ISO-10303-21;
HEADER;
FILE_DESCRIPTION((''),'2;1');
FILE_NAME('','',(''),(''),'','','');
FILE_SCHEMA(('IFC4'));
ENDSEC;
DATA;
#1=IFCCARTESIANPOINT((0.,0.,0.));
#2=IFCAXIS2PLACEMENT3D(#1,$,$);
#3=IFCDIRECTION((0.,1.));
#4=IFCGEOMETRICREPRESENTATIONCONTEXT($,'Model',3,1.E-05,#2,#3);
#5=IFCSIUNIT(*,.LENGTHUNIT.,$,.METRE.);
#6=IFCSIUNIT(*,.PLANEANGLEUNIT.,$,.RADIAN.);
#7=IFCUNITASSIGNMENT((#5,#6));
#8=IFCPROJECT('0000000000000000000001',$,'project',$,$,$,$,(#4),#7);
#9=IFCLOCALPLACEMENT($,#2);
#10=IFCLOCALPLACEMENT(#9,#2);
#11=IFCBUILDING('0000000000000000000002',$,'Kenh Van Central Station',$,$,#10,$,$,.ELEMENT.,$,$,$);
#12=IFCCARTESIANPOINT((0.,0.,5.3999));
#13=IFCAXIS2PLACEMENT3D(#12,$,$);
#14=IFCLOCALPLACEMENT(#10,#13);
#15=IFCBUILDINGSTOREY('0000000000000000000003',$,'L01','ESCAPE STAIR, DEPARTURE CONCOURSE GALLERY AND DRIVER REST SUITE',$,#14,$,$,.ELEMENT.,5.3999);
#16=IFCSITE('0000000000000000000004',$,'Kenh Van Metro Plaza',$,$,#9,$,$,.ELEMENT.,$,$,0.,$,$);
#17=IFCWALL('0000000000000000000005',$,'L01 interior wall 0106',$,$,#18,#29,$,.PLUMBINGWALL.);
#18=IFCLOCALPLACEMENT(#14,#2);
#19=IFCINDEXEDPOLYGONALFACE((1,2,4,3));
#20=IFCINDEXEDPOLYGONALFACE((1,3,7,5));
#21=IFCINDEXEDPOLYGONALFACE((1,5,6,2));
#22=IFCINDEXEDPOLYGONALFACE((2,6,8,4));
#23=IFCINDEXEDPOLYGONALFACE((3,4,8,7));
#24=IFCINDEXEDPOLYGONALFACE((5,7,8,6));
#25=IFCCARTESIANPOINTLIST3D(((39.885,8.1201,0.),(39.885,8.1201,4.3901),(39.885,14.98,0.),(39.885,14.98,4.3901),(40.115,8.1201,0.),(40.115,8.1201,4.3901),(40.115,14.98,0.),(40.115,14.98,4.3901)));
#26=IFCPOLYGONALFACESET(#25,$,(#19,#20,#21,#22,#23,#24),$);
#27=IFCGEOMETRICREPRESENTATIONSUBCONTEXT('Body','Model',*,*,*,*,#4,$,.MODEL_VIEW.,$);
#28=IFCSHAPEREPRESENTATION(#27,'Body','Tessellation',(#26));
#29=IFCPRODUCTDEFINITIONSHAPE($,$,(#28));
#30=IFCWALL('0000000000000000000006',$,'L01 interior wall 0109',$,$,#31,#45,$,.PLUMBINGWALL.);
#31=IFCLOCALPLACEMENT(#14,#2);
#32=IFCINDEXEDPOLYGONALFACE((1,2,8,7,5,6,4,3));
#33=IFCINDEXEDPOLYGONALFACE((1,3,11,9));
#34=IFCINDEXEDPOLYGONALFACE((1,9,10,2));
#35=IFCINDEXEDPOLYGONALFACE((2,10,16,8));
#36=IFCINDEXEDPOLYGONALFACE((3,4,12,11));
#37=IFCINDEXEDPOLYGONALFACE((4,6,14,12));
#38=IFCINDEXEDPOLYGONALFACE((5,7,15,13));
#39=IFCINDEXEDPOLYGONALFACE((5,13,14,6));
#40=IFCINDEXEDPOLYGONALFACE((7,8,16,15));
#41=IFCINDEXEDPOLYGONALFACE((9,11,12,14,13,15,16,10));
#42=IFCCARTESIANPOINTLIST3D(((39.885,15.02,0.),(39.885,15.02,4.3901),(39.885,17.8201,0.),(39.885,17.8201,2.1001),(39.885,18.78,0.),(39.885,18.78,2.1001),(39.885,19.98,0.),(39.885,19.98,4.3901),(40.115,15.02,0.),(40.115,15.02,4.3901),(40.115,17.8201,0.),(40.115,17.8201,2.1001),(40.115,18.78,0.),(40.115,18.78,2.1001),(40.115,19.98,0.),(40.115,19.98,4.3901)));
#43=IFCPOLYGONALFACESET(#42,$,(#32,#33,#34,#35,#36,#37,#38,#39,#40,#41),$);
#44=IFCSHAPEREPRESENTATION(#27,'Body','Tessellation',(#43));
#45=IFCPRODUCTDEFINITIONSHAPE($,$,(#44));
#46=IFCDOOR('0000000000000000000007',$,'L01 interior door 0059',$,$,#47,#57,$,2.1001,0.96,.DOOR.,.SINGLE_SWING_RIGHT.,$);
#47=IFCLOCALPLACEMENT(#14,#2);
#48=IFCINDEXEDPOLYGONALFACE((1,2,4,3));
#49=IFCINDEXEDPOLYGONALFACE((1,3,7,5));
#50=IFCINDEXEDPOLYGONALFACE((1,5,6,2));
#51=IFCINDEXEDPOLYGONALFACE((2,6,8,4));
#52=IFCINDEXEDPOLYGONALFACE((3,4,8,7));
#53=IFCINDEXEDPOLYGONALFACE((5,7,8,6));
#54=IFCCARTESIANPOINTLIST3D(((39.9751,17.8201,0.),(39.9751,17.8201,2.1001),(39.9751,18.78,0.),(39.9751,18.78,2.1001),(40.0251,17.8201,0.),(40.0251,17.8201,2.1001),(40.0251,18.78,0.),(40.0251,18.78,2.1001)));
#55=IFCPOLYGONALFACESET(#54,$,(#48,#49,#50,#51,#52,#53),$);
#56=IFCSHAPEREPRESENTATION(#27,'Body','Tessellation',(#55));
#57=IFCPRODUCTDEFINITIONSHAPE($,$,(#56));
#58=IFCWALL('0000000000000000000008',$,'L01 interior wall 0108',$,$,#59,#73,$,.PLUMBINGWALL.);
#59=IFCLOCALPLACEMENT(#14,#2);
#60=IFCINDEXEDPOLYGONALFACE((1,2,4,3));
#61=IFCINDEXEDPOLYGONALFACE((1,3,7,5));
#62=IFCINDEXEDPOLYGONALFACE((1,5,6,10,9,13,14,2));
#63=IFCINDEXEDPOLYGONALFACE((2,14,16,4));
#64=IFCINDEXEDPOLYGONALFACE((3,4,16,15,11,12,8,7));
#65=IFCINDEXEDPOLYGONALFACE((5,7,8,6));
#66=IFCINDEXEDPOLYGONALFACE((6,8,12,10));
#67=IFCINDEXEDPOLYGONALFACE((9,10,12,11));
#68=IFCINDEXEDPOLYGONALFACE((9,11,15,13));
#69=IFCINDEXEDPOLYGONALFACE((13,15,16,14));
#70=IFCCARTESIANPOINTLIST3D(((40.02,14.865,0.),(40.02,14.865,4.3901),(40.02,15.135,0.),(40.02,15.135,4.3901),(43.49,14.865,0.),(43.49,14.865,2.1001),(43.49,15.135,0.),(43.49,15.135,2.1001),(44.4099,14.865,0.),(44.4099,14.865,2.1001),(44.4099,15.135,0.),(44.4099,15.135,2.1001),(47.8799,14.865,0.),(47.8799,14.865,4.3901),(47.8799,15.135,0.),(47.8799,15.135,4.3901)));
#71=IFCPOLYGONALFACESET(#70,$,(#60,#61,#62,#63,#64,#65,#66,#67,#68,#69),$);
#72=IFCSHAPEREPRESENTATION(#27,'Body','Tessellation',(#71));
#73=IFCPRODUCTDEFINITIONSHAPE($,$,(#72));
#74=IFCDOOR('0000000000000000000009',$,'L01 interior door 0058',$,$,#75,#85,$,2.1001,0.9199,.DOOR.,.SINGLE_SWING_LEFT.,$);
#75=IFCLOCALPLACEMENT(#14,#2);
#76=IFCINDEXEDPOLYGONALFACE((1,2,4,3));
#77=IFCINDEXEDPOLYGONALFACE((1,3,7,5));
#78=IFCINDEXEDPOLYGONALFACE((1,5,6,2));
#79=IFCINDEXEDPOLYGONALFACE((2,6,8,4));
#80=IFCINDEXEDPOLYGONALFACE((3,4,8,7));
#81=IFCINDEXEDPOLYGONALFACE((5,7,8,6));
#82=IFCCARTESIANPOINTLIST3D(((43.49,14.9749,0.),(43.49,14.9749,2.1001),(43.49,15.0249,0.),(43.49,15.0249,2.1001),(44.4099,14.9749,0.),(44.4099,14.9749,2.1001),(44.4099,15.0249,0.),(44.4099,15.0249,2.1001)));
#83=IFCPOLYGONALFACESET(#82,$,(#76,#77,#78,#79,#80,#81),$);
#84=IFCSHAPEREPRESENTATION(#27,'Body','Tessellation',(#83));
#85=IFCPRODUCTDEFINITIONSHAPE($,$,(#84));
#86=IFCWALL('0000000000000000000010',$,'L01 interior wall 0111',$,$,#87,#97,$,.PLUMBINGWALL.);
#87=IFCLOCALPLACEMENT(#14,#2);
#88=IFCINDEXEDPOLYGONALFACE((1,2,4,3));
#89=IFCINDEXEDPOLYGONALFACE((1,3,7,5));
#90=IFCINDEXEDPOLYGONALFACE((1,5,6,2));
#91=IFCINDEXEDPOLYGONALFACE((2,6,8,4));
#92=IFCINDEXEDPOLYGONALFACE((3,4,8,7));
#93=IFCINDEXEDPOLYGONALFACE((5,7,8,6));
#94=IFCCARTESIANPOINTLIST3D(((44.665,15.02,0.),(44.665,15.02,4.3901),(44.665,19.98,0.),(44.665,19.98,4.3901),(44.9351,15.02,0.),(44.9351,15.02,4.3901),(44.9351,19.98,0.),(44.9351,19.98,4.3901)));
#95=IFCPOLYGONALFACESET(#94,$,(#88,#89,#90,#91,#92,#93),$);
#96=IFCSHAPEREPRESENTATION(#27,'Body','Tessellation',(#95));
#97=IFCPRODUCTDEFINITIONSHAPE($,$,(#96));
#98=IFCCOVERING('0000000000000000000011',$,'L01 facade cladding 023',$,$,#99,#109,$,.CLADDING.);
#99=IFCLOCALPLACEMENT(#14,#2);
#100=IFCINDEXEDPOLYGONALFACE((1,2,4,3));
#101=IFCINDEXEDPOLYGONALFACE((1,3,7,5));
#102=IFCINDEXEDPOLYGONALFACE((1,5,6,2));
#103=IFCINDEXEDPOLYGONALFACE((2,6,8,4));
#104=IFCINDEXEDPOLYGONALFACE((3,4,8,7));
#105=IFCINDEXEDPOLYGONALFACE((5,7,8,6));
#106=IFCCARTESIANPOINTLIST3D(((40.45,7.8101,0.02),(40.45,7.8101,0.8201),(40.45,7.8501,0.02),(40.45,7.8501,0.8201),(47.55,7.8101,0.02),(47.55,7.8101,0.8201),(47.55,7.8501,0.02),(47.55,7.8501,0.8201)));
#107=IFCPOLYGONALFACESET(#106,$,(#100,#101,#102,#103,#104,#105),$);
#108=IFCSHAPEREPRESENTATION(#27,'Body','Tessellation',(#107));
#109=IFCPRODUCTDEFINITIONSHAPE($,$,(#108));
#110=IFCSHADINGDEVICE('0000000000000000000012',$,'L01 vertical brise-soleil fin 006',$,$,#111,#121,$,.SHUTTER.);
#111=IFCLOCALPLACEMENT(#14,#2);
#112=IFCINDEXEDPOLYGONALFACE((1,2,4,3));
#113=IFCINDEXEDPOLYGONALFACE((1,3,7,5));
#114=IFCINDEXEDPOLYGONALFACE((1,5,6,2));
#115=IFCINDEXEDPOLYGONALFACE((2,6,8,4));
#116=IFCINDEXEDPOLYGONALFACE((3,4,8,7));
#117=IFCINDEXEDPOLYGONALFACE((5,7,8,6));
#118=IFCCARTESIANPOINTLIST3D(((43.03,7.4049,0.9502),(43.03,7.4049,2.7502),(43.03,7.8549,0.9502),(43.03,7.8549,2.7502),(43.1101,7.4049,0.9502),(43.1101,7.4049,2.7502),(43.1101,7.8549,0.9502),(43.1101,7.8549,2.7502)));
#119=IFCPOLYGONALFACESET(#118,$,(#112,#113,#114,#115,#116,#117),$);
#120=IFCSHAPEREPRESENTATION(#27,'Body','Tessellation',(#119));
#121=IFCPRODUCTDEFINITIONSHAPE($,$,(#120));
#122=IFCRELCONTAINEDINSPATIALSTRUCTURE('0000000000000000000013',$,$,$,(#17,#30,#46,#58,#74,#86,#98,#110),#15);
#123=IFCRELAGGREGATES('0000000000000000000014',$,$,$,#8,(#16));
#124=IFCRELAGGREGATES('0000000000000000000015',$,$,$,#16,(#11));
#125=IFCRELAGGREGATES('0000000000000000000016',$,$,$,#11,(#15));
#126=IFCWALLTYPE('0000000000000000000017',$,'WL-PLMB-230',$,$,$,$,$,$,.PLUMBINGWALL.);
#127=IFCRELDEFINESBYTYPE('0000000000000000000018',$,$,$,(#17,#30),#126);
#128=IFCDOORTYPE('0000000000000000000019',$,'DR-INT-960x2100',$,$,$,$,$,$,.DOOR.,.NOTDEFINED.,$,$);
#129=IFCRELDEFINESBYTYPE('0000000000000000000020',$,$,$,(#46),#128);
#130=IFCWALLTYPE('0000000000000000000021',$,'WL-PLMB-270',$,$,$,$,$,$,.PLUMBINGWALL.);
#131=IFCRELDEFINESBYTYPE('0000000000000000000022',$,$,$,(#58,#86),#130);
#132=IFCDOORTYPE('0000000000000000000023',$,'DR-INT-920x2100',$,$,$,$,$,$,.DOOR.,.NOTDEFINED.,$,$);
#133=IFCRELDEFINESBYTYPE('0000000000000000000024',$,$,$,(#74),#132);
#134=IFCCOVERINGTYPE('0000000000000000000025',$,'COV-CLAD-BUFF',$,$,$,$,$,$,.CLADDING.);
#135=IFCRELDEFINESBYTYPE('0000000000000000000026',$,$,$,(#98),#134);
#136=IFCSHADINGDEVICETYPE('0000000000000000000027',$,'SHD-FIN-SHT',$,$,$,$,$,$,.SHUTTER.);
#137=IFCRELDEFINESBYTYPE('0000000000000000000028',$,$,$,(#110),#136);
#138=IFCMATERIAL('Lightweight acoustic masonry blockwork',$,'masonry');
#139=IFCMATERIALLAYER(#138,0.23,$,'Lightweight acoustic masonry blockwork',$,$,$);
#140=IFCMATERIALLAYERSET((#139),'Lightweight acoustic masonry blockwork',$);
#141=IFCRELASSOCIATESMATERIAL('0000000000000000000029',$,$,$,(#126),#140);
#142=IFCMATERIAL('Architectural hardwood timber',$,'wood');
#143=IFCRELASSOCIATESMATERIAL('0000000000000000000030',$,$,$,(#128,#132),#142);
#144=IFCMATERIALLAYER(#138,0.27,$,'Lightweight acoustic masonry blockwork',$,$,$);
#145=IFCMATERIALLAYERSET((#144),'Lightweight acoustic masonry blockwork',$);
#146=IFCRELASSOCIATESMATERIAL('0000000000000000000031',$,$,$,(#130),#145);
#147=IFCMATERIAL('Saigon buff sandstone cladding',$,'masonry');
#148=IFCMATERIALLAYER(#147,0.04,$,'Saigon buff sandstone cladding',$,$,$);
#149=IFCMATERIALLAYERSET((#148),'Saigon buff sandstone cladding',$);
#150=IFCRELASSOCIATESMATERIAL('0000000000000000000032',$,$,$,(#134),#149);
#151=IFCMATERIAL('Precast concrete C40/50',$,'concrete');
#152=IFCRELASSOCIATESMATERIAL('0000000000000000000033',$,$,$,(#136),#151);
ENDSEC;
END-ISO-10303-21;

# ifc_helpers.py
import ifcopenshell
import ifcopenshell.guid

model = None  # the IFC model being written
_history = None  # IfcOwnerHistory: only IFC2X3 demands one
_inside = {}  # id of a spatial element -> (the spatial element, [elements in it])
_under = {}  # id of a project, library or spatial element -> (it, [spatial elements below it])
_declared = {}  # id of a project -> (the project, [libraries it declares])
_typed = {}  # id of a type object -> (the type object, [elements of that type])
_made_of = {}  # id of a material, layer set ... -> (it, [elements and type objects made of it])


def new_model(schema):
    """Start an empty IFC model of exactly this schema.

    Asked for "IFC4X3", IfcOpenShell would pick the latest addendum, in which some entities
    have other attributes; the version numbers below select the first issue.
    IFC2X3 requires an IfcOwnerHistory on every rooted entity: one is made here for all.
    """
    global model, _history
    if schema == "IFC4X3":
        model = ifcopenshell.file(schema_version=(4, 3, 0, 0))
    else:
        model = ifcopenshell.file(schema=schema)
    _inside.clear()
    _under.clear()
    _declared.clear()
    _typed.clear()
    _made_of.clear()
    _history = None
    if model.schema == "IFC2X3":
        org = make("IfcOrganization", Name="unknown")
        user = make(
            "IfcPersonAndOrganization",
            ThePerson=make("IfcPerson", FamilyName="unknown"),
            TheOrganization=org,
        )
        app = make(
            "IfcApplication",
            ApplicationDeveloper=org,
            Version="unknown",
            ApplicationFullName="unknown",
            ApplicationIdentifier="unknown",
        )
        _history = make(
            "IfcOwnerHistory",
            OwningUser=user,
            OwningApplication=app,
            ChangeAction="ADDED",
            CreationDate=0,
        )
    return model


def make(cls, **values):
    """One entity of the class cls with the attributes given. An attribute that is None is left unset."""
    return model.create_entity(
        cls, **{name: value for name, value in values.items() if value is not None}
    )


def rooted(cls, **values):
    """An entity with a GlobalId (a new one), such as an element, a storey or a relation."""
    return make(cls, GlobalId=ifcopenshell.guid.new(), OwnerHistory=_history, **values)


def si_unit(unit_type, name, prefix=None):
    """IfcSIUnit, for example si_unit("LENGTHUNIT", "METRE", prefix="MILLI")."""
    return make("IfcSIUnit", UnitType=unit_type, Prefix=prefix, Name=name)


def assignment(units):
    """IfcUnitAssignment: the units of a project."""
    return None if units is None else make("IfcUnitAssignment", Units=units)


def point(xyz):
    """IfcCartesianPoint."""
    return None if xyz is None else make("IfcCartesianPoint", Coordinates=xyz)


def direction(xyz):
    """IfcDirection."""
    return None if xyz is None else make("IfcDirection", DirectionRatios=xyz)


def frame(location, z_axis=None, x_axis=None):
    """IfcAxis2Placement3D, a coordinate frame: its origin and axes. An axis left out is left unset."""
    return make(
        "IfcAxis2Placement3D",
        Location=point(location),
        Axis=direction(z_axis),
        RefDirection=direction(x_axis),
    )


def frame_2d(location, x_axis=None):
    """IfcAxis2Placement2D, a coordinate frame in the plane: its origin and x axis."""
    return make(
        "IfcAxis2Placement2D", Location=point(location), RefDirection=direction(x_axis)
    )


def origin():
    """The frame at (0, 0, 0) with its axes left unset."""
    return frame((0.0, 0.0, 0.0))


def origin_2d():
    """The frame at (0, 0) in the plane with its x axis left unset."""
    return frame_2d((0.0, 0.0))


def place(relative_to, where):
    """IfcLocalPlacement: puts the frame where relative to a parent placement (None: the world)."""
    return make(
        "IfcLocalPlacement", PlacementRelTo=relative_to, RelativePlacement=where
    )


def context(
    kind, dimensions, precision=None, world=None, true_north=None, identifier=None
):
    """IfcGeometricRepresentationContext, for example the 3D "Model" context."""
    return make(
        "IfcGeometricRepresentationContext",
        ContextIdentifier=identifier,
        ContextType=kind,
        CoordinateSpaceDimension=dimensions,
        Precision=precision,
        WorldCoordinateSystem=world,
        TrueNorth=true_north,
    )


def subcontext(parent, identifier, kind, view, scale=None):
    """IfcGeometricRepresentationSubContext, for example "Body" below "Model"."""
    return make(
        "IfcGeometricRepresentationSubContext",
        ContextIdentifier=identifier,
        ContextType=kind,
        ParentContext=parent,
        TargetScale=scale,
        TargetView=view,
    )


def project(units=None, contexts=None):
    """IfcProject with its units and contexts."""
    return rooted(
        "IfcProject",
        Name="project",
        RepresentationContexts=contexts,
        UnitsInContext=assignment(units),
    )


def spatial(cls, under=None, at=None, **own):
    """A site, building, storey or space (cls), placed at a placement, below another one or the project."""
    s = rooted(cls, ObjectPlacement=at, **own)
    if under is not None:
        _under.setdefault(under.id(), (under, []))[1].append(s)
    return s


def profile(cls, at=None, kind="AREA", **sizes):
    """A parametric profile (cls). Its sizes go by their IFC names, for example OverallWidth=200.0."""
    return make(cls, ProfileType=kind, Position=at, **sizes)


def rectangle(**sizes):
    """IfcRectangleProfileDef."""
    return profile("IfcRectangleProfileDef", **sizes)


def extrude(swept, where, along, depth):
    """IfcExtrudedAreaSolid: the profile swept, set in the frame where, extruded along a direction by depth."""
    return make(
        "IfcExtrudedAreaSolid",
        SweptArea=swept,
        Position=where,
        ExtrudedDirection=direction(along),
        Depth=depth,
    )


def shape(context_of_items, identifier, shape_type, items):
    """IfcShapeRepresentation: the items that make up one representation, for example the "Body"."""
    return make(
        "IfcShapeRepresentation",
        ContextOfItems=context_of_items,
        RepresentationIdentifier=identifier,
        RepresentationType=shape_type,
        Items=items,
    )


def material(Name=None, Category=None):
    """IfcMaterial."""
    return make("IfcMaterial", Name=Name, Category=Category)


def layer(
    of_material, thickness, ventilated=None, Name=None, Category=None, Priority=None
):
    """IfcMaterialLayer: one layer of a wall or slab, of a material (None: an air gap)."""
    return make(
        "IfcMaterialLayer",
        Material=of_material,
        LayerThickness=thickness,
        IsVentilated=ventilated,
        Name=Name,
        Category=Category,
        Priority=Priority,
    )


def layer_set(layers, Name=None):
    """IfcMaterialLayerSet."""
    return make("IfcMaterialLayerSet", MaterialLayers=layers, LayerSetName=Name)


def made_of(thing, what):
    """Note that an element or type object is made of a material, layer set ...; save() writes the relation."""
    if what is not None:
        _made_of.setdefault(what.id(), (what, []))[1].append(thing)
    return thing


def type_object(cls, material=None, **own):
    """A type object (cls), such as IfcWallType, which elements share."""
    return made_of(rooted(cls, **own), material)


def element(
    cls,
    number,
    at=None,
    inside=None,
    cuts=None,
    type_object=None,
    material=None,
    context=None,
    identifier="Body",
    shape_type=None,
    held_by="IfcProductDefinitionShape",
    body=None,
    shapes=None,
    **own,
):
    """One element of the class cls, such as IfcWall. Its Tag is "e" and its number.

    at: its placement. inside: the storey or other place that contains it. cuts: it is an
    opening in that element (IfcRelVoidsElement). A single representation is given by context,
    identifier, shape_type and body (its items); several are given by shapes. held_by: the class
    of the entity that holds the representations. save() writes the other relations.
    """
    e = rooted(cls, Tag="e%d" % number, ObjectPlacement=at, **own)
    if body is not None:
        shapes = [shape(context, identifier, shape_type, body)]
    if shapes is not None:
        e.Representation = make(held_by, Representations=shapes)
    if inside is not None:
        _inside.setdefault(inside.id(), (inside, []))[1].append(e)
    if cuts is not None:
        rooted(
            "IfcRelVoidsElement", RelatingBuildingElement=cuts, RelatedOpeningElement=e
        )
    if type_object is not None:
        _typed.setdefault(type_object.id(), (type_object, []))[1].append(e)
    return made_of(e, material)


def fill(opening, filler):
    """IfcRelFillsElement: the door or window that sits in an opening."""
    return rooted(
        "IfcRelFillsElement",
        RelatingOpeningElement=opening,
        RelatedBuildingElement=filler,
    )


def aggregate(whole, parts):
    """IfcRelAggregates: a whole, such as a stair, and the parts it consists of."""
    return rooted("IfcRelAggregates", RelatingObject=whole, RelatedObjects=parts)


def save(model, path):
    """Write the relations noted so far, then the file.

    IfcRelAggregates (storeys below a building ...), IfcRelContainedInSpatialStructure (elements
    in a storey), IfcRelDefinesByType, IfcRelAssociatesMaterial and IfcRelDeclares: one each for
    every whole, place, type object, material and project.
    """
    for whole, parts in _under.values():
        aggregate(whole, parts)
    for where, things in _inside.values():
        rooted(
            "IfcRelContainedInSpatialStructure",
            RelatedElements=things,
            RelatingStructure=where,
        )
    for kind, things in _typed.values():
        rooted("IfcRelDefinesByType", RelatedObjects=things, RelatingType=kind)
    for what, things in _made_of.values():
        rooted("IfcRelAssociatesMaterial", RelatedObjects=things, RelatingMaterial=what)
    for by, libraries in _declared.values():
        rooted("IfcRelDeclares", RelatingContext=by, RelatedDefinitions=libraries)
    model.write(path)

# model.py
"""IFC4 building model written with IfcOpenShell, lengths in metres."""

from ifc_helpers import new_model, si_unit, direction, frame, frame_2d, origin, origin_2d, place, context, subcontext, project, spatial, rectangle, extrude, material, layer, layer_set, type_object, element, fill, save


model = new_model("IFC4")

# Units and contexts
model_context = context("Model", 3, precision=1e-05, world=origin(), true_north=direction((0.0, 1.0)))
body_context = subcontext(model_context, "Body", "Model", "MODEL_VIEW")
ifc_project = project(units=[si_unit("LENGTHUNIT", "METRE"), si_unit("PLANEANGLEUNIT", "RADIAN")], contexts=[model_context])

# Site, building, storey
site_placement = place(None, origin())
site = spatial("IfcSite", under=ifc_project, at=site_placement, Name="Kenh Van Metro Plaza", CompositionType="ELEMENT", RefElevation=0.0)
building_placement = place(site_placement, origin())
building = spatial("IfcBuilding", under=site, at=building_placement, Name="Kenh Van Central Station", CompositionType="ELEMENT")
storey_placement = place(building_placement, frame((0.0, 0.0, 5.3999)))
storey = spatial("IfcBuildingStorey", under=building, at=storey_placement, Name="L01", Description="ESCAPE STAIR, DEPARTURE CONCOURSE GALLERY AND DRIVER REST SUITE", CompositionType="ELEMENT", Elevation=5.3999)

# Wall
ifc_material_1 = material(Name="Lightweight acoustic masonry blockwork", Category="masonry")
ifc_layer_1 = layer(ifc_material_1, 0.23, Name="Lightweight acoustic masonry blockwork")
ifc_layer_set_1 = layer_set([ifc_layer_1], Name="Lightweight acoustic masonry blockwork")
wall_type_1 = type_object("IfcWallType", Name="WL-PLMB-230", PredefinedType="PLUMBINGWALL", material=ifc_layer_set_1)
wall_1_placement = place(storey_placement, frame((40.0, 8.1201, 0.0), z_axis=(0.0, 0.0, 1.0), x_axis=(0.0, 1.0, 0.0)))
element("IfcWall", 1, at=wall_1_placement, inside=storey, type_object=wall_type_1, Name="L01 interior wall 0106", PredefinedType="PLUMBINGWALL", context=body_context, shape_type="SweptSolid", body=[
    extrude(rectangle(XDim=6.8599, YDim=0.23, at=frame_2d((3.4299, 0.0))), origin(), (0.0, 0.0, 1.0), 4.3901),
])

# Walls, openings, doors
wall_2_placement = place(storey_placement, frame((40.0, 15.02, 0.0), z_axis=(0.0, 0.0, 1.0), x_axis=(0.0, 1.0, 0.0)))
wall_2 = element("IfcWall", 2, at=wall_2_placement, inside=storey, type_object=wall_type_1, Name="L01 interior wall 0109", PredefinedType="PLUMBINGWALL", context=body_context, shape_type="SweptSolid", body=[
    extrude(rectangle(XDim=4.96, YDim=0.23, at=frame_2d((2.48, 0.0))), origin(), (0.0, 0.0, 1.0), 4.3901),
])
opening_1_placement = place(wall_2_placement, frame((2.8, 0.0, 0.0)))
opening_1 = element("IfcOpeningElement", 3, at=opening_1_placement, cuts=wall_2, PredefinedType="OPENING", context=body_context, shape_type="SweptSolid", body=[
    extrude(rectangle(XDim=0.96, YDim=2.1001, at=frame_2d((0.48, 1.05))), frame((0.0, 0.125, 0.0), z_axis=(0.0, -1.0, 0.0), x_axis=(1.0, 0.0, 0.0)), (0.0, 0.0, 1.0), 0.25),
])
ifc_material_2 = material(Name="Architectural hardwood timber", Category="wood")
door_type_1 = type_object("IfcDoorType", Name="DR-INT-960x2100", OperationType="NOTDEFINED", PredefinedType="DOOR", material=ifc_material_2)
door_1_placement = place(opening_1_placement, origin())
door_1 = element("IfcDoor", 4, at=door_1_placement, inside=storey, type_object=door_type_1, Name="L01 interior door 0059", OperationType="SINGLE_SWING_RIGHT", OverallHeight=2.1001, OverallWidth=0.96, PredefinedType="DOOR", context=body_context, shape_type="SweptSolid", body=[
    extrude(rectangle(XDim=0.96, YDim=2.1001, at=frame_2d((0.48, 1.05))), frame((0.0, 0.0249, 0.0), z_axis=(0.0, -1.0, 0.0), x_axis=(1.0, 0.0, 0.0)), (0.0, 0.0, 1.0), 0.05),
])
fill(opening_1, door_1)
ifc_layer_2 = layer(ifc_material_1, 0.27, Name="Lightweight acoustic masonry blockwork")
ifc_layer_set_2 = layer_set([ifc_layer_2], Name="Lightweight acoustic masonry blockwork")
wall_type_2 = type_object("IfcWallType", Name="WL-PLMB-270", PredefinedType="PLUMBINGWALL", material=ifc_layer_set_2)
wall_3_placement = place(storey_placement, frame((40.02, 15.0, 0.0), z_axis=(0.0, 0.0, 1.0), x_axis=(1.0, 0.0, 0.0)))
wall_3 = element("IfcWall", 5, at=wall_3_placement, inside=storey, type_object=wall_type_2, Name="L01 interior wall 0108", PredefinedType="PLUMBINGWALL", context=body_context, shape_type="SweptSolid", body=[
    extrude(rectangle(XDim=7.8599, YDim=0.27, at=frame_2d((3.9299, 0.0))), origin(), (0.0, 0.0, 1.0), 4.3901),
])
opening_2_placement = place(wall_3_placement, frame((3.47, 0.0, 0.0)))
opening_2 = element("IfcOpeningElement", 6, at=opening_2_placement, cuts=wall_3, PredefinedType="OPENING", context=body_context, shape_type="SweptSolid", body=[
    extrude(rectangle(XDim=0.9199, YDim=2.1001, at=frame_2d((0.46, 1.05))), frame((0.0, 0.145, 0.0), z_axis=(0.0, -1.0, 0.0), x_axis=(1.0, 0.0, 0.0)), (0.0, 0.0, 1.0), 0.29),
])
door_type_2 = type_object("IfcDoorType", Name="DR-INT-920x2100", OperationType="NOTDEFINED", PredefinedType="DOOR", material=ifc_material_2)
door_2_placement = place(opening_2_placement, origin())
door_2 = element("IfcDoor", 7, at=door_2_placement, inside=storey, type_object=door_type_2, Name="L01 interior door 0058", OperationType="SINGLE_SWING_LEFT", OverallHeight=2.1001, OverallWidth=0.9199, PredefinedType="DOOR", context=body_context, shape_type="SweptSolid", body=[
    extrude(rectangle(XDim=0.9199, YDim=2.1001, at=frame_2d((0.46, 1.05))), frame((0.0, 0.0249, 0.0), z_axis=(0.0, -1.0, 0.0), x_axis=(1.0, 0.0, 0.0)), (0.0, 0.0, 1.0), 0.05),
])
fill(opening_2, door_2)

# Wall
wall_4_placement = place(storey_placement, frame((44.8, 15.02, 0.0), z_axis=(0.0, 0.0, 1.0), x_axis=(0.0, 1.0, 0.0)))
element("IfcWall", 8, at=wall_4_placement, inside=storey, type_object=wall_type_2, Name="L01 interior wall 0111", PredefinedType="PLUMBINGWALL", context=body_context, shape_type="SweptSolid", body=[
    extrude(rectangle(XDim=4.96, YDim=0.27, at=frame_2d((2.48, 0.0))), origin(), (0.0, 0.0, 1.0), 4.3901),
])

# Covering
ifc_material_3 = material(Name="Saigon buff sandstone cladding", Category="masonry")
ifc_layer_3 = layer(ifc_material_3, 0.04, Name="Saigon buff sandstone cladding")
ifc_layer_set_3 = layer_set([ifc_layer_3], Name="Saigon buff sandstone cladding")
covering_type = type_object("IfcCoveringType", Name="COV-CLAD-BUFF", PredefinedType="CLADDING", material=ifc_layer_set_3)
covering_placement = place(storey_placement, frame((44.0, 7.8301, 0.02), z_axis=(0.0, 0.0, 1.0), x_axis=(1.0, 0.0, 0.0)))
element("IfcCovering", 9, at=covering_placement, inside=storey, type_object=covering_type, Name="L01 facade cladding 023", PredefinedType="CLADDING", context=body_context, shape_type="SweptSolid", body=[
    extrude(rectangle(XDim=7.1001, YDim=0.04, at=origin_2d()), origin(), (0.0, 0.0, 1.0), 0.8),
])

# Shading device
ifc_material_4 = material(Name="Precast concrete C40/50", Category="concrete")
shading_device_type = type_object("IfcShadingDeviceType", Name="SHD-FIN-SHT", PredefinedType="SHUTTER", material=ifc_material_4)
shading_device_placement = place(storey_placement, frame((43.0701, 7.6299, 0.9502), z_axis=(0.0, 0.0, 1.0), x_axis=(0.0, -1.0, 0.0)))
element("IfcShadingDevice", 10, at=shading_device_placement, inside=storey, type_object=shading_device_type, Name="L01 vertical brise-soleil fin 006", PredefinedType="SHUTTER", context=body_context, shape_type="SweptSolid", body=[
    extrude(rectangle(XDim=0.45, YDim=0.0801, at=origin_2d()), origin(), (0.0, 0.0, 1.0), 1.8),
])

save(model, "model.ifc")
